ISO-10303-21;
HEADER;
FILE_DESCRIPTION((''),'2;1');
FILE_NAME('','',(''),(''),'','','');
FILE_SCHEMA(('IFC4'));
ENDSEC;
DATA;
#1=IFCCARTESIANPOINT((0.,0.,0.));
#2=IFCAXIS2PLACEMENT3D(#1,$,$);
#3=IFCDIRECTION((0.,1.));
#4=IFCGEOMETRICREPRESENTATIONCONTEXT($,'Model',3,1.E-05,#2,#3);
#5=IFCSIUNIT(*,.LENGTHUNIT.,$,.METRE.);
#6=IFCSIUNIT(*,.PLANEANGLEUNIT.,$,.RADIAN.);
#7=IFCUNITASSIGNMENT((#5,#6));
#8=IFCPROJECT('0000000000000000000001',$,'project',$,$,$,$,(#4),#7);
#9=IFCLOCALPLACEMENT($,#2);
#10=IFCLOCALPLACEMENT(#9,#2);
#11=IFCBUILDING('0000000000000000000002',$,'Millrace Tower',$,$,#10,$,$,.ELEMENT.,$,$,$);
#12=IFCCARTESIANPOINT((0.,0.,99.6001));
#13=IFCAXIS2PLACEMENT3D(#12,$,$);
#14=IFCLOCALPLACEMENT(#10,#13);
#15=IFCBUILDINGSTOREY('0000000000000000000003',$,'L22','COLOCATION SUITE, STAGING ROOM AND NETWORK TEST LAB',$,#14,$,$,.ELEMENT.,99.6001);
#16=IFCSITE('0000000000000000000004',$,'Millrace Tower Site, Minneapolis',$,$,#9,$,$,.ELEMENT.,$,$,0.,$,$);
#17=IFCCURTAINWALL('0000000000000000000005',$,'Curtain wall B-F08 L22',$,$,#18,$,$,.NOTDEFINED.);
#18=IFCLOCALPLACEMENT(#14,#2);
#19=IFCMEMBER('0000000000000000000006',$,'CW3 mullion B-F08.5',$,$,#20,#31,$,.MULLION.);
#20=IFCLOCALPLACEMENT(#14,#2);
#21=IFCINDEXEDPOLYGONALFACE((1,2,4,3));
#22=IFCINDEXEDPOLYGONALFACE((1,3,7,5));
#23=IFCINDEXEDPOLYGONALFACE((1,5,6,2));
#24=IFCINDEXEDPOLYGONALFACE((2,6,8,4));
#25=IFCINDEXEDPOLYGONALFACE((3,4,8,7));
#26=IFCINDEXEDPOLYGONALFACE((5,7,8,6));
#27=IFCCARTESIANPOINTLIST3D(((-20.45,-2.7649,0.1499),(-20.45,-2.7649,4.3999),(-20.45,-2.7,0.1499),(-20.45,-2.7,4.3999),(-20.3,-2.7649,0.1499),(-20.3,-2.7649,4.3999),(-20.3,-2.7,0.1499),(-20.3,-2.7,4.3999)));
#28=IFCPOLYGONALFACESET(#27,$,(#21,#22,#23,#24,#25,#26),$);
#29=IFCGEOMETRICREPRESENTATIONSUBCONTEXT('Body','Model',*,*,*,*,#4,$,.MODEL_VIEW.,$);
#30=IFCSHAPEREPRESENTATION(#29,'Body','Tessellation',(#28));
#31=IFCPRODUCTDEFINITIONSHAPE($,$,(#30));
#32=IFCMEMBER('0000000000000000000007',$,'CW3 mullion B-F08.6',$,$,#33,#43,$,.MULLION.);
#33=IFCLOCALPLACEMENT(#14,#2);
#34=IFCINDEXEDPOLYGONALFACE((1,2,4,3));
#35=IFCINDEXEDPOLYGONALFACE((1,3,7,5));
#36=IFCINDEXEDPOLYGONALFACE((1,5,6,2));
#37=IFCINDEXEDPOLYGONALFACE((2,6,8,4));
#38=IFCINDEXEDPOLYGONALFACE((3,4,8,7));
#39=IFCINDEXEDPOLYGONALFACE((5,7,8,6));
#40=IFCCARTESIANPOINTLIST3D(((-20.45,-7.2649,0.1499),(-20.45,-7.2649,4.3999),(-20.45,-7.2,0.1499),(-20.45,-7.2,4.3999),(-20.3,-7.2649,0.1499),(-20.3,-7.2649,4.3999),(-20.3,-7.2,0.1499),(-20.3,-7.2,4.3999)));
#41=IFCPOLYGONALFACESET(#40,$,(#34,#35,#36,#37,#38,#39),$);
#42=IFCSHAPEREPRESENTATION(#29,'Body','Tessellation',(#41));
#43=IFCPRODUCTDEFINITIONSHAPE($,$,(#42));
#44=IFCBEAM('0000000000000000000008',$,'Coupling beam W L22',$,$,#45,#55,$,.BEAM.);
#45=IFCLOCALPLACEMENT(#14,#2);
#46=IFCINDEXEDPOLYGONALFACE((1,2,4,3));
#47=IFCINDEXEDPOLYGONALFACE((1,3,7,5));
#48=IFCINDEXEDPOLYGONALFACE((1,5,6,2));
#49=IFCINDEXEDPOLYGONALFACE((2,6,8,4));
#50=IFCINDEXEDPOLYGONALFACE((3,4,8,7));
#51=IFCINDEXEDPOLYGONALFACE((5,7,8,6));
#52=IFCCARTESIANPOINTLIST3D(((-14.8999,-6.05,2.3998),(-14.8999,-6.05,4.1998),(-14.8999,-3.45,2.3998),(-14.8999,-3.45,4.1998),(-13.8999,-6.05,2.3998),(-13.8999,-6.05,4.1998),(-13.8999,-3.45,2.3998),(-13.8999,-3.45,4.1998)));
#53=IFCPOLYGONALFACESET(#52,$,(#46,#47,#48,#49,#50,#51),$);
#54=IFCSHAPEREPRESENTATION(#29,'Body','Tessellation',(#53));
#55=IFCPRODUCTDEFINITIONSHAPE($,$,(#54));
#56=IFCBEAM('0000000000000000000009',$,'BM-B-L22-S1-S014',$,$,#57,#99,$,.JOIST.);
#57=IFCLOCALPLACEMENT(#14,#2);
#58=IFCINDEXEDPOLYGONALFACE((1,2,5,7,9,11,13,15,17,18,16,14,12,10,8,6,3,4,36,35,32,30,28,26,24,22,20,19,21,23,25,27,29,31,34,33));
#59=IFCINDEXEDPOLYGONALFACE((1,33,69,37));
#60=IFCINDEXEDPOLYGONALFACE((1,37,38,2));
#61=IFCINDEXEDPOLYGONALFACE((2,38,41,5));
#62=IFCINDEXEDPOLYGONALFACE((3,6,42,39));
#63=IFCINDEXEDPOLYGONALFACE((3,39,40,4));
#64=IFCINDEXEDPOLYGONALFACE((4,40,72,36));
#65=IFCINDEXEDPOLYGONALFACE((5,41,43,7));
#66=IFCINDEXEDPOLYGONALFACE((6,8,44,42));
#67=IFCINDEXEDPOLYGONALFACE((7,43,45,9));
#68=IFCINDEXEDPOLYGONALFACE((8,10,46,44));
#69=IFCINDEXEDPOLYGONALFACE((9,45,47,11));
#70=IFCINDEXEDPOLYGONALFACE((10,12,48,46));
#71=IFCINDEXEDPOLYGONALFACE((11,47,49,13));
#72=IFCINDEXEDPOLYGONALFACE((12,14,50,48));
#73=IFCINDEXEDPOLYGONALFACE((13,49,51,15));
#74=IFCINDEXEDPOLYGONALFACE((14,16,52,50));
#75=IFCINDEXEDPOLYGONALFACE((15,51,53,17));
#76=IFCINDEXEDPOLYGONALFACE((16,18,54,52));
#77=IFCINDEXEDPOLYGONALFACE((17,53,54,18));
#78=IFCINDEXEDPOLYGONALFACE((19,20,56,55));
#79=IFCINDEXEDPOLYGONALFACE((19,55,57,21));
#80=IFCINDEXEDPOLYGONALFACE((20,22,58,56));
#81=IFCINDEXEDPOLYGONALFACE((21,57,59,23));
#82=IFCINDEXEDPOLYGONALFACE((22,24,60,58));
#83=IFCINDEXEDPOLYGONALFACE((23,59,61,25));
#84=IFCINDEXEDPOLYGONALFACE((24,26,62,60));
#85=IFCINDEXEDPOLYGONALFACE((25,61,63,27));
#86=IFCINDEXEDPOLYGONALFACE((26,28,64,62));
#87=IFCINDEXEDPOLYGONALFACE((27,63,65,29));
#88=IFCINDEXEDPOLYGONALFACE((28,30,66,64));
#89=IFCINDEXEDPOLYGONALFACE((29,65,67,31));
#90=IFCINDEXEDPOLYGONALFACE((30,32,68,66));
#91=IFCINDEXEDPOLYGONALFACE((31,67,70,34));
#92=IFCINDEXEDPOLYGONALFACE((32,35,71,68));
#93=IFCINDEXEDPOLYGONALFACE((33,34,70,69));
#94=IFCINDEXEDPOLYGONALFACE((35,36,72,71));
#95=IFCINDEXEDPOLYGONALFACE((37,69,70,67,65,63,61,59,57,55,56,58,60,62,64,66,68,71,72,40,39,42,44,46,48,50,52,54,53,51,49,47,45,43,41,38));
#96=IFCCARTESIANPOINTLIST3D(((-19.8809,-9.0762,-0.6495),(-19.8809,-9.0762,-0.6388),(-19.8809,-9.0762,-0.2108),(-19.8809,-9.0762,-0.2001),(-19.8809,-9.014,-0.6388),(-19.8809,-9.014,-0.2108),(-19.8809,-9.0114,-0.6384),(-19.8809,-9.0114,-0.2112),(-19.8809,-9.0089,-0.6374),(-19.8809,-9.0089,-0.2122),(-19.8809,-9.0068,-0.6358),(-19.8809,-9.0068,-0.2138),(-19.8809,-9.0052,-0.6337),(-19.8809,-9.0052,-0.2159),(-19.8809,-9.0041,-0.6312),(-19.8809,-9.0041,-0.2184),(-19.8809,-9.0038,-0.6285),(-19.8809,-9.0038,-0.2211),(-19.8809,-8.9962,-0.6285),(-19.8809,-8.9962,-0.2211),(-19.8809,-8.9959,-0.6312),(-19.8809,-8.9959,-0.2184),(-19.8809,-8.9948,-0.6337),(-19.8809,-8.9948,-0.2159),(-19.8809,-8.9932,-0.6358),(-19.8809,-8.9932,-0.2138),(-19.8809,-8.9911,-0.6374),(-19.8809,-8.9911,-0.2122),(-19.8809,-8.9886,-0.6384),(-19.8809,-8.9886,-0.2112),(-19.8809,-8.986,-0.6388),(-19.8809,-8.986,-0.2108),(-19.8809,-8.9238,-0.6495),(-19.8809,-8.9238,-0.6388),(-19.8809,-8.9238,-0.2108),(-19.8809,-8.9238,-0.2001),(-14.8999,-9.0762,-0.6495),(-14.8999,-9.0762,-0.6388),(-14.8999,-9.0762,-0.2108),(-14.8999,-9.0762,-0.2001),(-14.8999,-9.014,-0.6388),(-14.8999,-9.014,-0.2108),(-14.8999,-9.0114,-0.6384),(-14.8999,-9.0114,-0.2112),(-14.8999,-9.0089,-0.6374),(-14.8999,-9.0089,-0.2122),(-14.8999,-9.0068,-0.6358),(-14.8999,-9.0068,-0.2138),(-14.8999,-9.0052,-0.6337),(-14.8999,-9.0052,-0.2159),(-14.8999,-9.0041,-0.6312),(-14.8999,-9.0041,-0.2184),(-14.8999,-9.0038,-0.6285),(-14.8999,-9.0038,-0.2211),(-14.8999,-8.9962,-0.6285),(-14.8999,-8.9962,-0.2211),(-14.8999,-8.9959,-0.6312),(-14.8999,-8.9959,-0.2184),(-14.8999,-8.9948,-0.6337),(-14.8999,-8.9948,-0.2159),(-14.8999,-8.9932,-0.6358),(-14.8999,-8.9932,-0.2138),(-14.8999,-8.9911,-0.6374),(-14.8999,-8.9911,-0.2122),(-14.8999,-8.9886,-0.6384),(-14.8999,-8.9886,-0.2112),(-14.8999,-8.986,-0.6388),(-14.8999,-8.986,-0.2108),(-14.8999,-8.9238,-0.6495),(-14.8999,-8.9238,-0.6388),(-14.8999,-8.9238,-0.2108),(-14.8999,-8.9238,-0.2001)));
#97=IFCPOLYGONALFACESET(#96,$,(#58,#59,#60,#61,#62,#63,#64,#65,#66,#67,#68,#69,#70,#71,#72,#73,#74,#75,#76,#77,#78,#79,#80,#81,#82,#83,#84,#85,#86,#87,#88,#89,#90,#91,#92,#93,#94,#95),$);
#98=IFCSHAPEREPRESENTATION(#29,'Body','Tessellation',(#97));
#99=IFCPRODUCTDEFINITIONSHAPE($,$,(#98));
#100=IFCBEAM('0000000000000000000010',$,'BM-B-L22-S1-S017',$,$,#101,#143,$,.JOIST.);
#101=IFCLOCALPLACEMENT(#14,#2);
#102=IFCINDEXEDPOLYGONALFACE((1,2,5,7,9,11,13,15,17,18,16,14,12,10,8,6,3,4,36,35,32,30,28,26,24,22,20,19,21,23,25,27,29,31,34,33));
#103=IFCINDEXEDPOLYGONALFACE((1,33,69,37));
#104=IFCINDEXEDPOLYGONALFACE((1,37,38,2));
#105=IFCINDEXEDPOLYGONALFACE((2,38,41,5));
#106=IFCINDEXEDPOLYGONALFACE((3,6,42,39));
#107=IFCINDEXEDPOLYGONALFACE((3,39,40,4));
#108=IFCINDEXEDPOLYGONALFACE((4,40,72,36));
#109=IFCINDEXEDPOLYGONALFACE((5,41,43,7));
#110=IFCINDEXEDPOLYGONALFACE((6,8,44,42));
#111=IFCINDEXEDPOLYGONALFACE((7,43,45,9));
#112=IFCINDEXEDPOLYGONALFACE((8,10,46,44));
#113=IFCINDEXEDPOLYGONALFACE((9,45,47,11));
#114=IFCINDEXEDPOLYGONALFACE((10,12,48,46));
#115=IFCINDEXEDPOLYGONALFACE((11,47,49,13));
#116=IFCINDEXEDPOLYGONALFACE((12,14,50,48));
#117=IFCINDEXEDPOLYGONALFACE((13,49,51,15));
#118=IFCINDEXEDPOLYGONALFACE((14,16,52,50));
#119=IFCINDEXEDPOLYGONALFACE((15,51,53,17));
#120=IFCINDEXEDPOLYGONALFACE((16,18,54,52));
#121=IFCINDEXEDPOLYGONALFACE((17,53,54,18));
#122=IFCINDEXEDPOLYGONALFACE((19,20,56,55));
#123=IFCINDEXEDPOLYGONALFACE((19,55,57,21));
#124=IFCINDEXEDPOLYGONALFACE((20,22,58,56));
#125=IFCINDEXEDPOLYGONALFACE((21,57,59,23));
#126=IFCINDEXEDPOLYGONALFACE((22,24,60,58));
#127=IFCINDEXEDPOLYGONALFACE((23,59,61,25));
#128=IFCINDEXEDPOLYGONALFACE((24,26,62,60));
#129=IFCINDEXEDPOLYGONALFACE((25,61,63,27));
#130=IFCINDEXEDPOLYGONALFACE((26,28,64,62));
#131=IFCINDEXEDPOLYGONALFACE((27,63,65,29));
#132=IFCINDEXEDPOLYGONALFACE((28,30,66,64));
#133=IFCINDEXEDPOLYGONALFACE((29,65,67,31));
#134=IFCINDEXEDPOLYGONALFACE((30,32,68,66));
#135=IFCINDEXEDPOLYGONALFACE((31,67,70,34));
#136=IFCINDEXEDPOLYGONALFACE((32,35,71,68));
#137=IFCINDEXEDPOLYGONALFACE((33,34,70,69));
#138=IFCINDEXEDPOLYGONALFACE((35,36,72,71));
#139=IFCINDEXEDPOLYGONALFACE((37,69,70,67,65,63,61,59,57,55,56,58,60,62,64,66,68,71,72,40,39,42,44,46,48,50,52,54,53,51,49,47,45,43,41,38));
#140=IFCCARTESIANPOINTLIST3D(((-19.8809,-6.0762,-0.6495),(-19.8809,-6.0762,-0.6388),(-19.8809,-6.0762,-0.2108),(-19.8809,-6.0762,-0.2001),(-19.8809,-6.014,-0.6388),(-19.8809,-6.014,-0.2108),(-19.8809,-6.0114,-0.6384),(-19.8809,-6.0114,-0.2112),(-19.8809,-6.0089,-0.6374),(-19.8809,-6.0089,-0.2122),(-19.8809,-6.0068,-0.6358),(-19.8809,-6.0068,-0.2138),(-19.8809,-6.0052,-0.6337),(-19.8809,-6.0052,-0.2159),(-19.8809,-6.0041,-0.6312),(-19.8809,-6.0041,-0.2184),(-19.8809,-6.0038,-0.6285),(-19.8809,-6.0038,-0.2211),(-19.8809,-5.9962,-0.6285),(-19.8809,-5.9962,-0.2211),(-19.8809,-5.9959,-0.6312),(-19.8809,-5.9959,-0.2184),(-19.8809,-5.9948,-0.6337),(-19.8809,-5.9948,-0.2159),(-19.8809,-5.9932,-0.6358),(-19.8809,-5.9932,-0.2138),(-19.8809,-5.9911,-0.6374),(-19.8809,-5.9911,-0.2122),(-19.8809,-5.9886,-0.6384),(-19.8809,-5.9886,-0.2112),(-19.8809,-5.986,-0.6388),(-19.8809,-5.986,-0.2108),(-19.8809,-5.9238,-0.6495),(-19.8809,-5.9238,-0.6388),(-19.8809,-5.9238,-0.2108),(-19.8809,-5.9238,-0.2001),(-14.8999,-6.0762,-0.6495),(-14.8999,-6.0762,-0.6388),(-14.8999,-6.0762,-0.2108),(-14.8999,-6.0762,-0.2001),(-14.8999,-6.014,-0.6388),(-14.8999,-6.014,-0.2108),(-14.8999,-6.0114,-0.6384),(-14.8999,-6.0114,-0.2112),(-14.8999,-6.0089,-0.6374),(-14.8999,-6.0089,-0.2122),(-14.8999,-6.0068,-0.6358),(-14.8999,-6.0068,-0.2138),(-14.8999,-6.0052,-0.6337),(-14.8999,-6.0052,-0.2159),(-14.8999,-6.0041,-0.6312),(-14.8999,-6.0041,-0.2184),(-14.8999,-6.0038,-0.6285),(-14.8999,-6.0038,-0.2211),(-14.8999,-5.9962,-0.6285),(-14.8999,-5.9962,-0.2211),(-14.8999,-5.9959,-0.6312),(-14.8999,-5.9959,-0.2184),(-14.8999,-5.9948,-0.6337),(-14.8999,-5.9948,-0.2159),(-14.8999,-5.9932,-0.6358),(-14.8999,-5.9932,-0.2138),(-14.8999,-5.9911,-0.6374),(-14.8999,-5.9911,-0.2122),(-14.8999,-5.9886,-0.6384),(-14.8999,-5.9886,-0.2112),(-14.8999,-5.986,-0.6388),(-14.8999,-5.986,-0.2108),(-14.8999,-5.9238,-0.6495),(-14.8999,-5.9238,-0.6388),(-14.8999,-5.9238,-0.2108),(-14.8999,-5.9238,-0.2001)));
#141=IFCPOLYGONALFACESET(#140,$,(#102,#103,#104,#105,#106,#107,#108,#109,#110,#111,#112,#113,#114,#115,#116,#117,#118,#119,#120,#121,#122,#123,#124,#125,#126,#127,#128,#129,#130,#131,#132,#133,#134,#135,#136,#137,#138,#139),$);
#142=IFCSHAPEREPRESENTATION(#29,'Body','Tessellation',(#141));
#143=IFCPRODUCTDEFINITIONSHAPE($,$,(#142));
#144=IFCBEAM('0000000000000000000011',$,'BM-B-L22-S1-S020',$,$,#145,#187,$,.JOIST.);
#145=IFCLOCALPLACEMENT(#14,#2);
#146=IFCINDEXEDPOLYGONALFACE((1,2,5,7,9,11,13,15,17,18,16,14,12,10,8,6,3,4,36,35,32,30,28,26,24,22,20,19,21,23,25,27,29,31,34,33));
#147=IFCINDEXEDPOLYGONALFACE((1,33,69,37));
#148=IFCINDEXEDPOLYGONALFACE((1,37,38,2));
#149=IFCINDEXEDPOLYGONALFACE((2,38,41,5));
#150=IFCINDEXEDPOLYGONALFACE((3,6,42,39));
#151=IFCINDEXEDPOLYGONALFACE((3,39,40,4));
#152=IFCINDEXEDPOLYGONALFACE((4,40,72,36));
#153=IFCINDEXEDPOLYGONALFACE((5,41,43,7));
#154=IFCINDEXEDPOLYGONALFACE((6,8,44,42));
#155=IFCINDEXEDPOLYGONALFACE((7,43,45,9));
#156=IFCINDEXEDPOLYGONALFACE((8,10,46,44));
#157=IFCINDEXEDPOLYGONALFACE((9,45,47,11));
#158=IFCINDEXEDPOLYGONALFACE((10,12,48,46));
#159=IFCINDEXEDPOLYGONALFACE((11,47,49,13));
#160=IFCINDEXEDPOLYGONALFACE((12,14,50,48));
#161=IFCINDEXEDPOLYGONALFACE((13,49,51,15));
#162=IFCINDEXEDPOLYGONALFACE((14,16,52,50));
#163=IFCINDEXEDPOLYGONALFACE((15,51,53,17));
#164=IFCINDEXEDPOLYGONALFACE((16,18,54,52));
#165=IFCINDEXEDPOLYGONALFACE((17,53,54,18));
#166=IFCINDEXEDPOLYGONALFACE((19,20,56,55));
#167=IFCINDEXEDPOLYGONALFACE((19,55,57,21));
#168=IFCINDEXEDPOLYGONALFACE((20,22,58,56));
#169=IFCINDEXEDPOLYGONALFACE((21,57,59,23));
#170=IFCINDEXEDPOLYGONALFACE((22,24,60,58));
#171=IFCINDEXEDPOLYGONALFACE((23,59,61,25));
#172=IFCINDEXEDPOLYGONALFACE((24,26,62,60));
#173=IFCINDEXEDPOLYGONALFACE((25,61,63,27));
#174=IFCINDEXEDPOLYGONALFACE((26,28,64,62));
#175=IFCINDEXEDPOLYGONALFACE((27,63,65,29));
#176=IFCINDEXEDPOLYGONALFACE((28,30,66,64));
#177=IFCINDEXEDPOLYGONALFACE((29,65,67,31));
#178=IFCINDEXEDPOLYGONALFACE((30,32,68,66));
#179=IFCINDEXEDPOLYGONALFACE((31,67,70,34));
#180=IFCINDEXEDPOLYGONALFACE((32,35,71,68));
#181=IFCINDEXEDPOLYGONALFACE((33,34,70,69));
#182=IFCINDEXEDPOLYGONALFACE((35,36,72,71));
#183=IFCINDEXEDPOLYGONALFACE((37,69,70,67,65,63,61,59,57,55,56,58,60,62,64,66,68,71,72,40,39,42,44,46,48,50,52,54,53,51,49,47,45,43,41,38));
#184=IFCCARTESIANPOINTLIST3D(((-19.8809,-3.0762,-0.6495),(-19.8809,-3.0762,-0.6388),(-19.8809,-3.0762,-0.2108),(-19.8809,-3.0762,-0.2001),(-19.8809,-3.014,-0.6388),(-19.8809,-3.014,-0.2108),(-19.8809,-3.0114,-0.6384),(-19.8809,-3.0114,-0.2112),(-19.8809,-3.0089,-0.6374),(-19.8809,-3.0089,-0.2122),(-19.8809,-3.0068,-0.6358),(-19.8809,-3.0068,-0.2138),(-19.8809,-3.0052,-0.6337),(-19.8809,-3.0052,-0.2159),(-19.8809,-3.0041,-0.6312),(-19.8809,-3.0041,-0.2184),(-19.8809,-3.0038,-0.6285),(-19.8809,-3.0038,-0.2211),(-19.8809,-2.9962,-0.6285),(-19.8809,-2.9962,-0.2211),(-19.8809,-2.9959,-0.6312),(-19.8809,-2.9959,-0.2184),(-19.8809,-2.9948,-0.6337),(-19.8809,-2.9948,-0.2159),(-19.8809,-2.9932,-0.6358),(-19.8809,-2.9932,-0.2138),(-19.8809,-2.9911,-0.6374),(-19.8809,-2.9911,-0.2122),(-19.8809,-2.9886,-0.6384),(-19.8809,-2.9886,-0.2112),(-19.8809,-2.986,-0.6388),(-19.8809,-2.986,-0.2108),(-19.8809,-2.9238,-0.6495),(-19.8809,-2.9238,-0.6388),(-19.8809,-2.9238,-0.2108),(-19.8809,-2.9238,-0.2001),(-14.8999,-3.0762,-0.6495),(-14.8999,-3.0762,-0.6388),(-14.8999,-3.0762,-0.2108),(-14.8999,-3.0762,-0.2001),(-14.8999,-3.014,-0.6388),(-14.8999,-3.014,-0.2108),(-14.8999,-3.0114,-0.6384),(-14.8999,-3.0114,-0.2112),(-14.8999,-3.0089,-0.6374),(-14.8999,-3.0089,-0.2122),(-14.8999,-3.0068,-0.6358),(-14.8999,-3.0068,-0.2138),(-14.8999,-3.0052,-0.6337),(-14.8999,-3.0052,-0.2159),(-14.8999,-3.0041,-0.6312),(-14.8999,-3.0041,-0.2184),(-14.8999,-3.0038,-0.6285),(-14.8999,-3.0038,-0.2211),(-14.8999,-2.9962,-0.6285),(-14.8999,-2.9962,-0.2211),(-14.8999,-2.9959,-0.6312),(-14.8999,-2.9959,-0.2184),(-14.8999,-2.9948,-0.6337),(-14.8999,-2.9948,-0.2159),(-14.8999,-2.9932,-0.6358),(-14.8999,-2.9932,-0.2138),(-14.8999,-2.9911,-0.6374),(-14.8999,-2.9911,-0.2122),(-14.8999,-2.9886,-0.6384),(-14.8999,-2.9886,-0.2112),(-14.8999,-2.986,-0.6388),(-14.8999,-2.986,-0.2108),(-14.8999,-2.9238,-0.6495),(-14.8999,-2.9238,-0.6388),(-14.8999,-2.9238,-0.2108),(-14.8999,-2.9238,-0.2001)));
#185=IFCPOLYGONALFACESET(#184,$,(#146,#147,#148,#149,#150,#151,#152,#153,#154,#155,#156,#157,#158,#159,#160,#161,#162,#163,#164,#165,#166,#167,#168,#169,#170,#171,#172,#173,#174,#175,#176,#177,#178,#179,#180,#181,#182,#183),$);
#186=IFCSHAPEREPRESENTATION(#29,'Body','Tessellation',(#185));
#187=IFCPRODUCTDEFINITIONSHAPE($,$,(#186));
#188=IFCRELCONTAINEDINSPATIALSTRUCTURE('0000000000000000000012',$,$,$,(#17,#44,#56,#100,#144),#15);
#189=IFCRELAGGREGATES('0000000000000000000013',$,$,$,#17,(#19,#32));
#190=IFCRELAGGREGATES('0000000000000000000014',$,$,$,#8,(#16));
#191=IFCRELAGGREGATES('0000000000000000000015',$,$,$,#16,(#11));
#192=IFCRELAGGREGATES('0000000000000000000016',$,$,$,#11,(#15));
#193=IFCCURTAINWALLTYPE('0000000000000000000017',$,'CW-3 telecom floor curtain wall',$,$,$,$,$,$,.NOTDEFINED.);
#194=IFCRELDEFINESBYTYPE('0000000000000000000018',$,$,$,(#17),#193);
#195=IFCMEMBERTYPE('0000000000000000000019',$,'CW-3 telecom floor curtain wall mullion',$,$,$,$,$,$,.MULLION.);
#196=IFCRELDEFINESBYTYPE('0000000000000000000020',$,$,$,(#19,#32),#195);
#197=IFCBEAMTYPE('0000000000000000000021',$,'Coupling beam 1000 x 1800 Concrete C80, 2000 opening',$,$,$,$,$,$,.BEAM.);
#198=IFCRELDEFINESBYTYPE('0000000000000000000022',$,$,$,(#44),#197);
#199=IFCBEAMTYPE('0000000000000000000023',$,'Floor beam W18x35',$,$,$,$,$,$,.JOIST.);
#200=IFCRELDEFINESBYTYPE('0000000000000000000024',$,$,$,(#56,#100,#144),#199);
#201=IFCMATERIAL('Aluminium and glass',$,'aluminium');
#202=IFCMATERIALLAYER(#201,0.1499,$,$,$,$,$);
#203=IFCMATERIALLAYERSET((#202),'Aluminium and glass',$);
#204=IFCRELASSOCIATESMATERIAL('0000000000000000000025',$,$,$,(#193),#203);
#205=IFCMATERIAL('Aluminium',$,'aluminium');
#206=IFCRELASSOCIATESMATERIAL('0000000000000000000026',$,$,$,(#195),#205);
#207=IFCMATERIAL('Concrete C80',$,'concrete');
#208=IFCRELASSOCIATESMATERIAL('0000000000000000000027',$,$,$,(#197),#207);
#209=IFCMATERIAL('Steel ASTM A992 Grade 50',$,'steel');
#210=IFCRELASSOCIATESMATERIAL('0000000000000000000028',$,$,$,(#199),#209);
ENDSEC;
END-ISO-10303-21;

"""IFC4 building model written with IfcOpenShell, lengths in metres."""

from ifc_helpers import new_model, si_unit, direction, frame, origin, origin_2d, place, context, subcontext, project, spatial, rectangle, i_section, extrude, material, layer, layer_set, material_profile, profile_set, type_object, element, aggregate, save


model = new_model("IFC4")

# Units and contexts
model_context = context("Model", 3, precision=1e-05, world=origin(), true_north=direction((0.0, 1.0)))
body_context = subcontext(model_context, "Body", "Model", "MODEL_VIEW")
ifc_project = project(units=[si_unit("LENGTHUNIT", "METRE"), si_unit("PLANEANGLEUNIT", "RADIAN")], contexts=[model_context])

# Site, building, storey
site_placement = place(None, origin())
site = spatial("IfcSite", under=ifc_project, at=site_placement, Name="Millrace Tower Site, Minneapolis", CompositionType="ELEMENT", RefElevation=0.0)
building_placement = place(site_placement, origin())
building = spatial("IfcBuilding", under=site, at=building_placement, Name="Millrace Tower", CompositionType="ELEMENT")
storey_placement = place(building_placement, frame((0.0, 0.0, 99.6001)))
storey = spatial("IfcBuildingStorey", under=building, at=storey_placement, Name="L22", Description="COLOCATION SUITE, STAGING ROOM AND NETWORK TEST LAB", CompositionType="ELEMENT", Elevation=99.6001)

# Curtain wall, members
ifc_material_1 = material(Name="Aluminium and glass", Category="aluminium")
ifc_layer_1 = layer(ifc_material_1, 0.1499)
ifc_layer_set_1 = layer_set([ifc_layer_1], Name="Aluminium and glass")
curtain_wall_type = type_object("IfcCurtainWallType", Name="CW-3 telecom floor curtain wall", PredefinedType="NOTDEFINED", material=ifc_layer_set_1)
curtain_wall_placement = place(storey_placement, origin())
curtain_wall = element("IfcCurtainWall", 1, at=curtain_wall_placement, inside=storey, type_object=curtain_wall_type, Name="Curtain wall B-F08 L22", PredefinedType="NOTDEFINED")
ifc_material_2 = material(Name="Aluminium", Category="aluminium")
ifc_material_profile_1 = material_profile(ifc_material_2, rectangle(XDim=0.0649, YDim=0.1499, at=origin_2d()))
ifc_profile_set_1 = profile_set([ifc_material_profile_1], Name="Aluminium")
member_type = type_object("IfcMemberType", Name="CW-3 telecom floor curtain wall mullion", PredefinedType="MULLION", material=ifc_profile_set_1)
member_1_placement = place(storey_placement, frame((-20.375, -2.7324, 0.1499), z_axis=(0.0, 0.0, 1.0), x_axis=(0.0, -1.0, 0.0)))
member_1 = element("IfcMember", 2, at=member_1_placement, type_object=member_type, Name="CW3 mullion B-F08.5", PredefinedType="MULLION", context=body_context, shape_type="SweptSolid", body=[
    extrude(rectangle(XDim=0.0649, YDim=0.1499, at=origin_2d()), origin(), (0.0, 0.0, 1.0), 4.25),
])
member_2_placement = place(storey_placement, frame((-20.375, -7.2324, 0.1499), z_axis=(0.0, 0.0, 1.0), x_axis=(0.0, -1.0, 0.0)))
member_2 = element("IfcMember", 3, at=member_2_placement, type_object=member_type, Name="CW3 mullion B-F08.6", PredefinedType="MULLION", context=body_context, shape_type="SweptSolid", body=[
    extrude(rectangle(XDim=0.0649, YDim=0.1499, at=origin_2d()), origin(), (0.0, 0.0, 1.0), 4.25),
])
aggregate(curtain_wall, [member_1, member_2])

# Beams
ifc_material_3 = material(Name="Concrete C80", Category="concrete")
ifc_material_profile_2 = material_profile(ifc_material_3, rectangle(XDim=1.0, YDim=1.8, at=origin_2d()))
ifc_profile_set_2 = profile_set([ifc_material_profile_2], Name="Concrete C80")
beam_type_1 = type_object("IfcBeamType", Name="Coupling beam 1000 x 1800 Concrete C80, 2000 opening", PredefinedType="BEAM", material=ifc_profile_set_2)
beam_placement = place(storey_placement, frame((-14.3999, -6.05, 3.2998), z_axis=(0.0, 1.0, 0.0), x_axis=(-1.0, 0.0, 0.0)))
element("IfcBeam", 4, at=beam_placement, inside=storey, type_object=beam_type_1, Name="Coupling beam W L22", PredefinedType="BEAM", context=body_context, shape_type="SweptSolid", body=[
    extrude(rectangle(XDim=1.0, YDim=1.8, at=origin_2d()), origin(), (0.0, 0.0, 1.0), 2.6001),
])
ifc_material_4 = material(Name="Steel ASTM A992 Grade 50", Category="steel")
ifc_material_profile_3 = material_profile(ifc_material_4, i_section(OverallWidth=0.1523, OverallDepth=0.4495, WebThickness=0.0076, FlangeThickness=0.0107, FilletRadius=0.0103, at=origin_2d()))
ifc_profile_set_3 = profile_set([ifc_material_profile_3], Name="Steel ASTM A992 Grade 50")
beam_type_2 = type_object("IfcBeamType", Name="Floor beam W18x35", PredefinedType="JOIST", material=ifc_profile_set_3)
for number, where, z_axis, x_axis, name in (
    (5, (-19.8809, -9.0, -0.4248), (1.0, 0.0, 0.0), (0.0, 1.0, 0.0), "BM-B-L22-S1-S014"),
    (6, (-19.8809, -6.0, -0.4248), (1.0, 0.0, 0.0), (0.0, 1.0, 0.0), "BM-B-L22-S1-S017"),
    (7, (-19.8809, -3.0, -0.4248), (1.0, 0.0, 0.0), (0.0, 1.0, 0.0), "BM-B-L22-S1-S020"),
):
    element("IfcBeam", number, at=place(storey_placement, frame(where, z_axis=z_axis, x_axis=x_axis)), inside=storey, type_object=beam_type_2, Name=name, PredefinedType="JOIST", context=body_context, shape_type="SweptSolid", body=[
        extrude(i_section(OverallWidth=0.1523, OverallDepth=0.4495, WebThickness=0.0076, FlangeThickness=0.0107, FilletRadius=0.0103, at=origin_2d()), origin(), (0.0, 0.0, 1.0), 4.981),
    ])

save(model, "model.ifc")
